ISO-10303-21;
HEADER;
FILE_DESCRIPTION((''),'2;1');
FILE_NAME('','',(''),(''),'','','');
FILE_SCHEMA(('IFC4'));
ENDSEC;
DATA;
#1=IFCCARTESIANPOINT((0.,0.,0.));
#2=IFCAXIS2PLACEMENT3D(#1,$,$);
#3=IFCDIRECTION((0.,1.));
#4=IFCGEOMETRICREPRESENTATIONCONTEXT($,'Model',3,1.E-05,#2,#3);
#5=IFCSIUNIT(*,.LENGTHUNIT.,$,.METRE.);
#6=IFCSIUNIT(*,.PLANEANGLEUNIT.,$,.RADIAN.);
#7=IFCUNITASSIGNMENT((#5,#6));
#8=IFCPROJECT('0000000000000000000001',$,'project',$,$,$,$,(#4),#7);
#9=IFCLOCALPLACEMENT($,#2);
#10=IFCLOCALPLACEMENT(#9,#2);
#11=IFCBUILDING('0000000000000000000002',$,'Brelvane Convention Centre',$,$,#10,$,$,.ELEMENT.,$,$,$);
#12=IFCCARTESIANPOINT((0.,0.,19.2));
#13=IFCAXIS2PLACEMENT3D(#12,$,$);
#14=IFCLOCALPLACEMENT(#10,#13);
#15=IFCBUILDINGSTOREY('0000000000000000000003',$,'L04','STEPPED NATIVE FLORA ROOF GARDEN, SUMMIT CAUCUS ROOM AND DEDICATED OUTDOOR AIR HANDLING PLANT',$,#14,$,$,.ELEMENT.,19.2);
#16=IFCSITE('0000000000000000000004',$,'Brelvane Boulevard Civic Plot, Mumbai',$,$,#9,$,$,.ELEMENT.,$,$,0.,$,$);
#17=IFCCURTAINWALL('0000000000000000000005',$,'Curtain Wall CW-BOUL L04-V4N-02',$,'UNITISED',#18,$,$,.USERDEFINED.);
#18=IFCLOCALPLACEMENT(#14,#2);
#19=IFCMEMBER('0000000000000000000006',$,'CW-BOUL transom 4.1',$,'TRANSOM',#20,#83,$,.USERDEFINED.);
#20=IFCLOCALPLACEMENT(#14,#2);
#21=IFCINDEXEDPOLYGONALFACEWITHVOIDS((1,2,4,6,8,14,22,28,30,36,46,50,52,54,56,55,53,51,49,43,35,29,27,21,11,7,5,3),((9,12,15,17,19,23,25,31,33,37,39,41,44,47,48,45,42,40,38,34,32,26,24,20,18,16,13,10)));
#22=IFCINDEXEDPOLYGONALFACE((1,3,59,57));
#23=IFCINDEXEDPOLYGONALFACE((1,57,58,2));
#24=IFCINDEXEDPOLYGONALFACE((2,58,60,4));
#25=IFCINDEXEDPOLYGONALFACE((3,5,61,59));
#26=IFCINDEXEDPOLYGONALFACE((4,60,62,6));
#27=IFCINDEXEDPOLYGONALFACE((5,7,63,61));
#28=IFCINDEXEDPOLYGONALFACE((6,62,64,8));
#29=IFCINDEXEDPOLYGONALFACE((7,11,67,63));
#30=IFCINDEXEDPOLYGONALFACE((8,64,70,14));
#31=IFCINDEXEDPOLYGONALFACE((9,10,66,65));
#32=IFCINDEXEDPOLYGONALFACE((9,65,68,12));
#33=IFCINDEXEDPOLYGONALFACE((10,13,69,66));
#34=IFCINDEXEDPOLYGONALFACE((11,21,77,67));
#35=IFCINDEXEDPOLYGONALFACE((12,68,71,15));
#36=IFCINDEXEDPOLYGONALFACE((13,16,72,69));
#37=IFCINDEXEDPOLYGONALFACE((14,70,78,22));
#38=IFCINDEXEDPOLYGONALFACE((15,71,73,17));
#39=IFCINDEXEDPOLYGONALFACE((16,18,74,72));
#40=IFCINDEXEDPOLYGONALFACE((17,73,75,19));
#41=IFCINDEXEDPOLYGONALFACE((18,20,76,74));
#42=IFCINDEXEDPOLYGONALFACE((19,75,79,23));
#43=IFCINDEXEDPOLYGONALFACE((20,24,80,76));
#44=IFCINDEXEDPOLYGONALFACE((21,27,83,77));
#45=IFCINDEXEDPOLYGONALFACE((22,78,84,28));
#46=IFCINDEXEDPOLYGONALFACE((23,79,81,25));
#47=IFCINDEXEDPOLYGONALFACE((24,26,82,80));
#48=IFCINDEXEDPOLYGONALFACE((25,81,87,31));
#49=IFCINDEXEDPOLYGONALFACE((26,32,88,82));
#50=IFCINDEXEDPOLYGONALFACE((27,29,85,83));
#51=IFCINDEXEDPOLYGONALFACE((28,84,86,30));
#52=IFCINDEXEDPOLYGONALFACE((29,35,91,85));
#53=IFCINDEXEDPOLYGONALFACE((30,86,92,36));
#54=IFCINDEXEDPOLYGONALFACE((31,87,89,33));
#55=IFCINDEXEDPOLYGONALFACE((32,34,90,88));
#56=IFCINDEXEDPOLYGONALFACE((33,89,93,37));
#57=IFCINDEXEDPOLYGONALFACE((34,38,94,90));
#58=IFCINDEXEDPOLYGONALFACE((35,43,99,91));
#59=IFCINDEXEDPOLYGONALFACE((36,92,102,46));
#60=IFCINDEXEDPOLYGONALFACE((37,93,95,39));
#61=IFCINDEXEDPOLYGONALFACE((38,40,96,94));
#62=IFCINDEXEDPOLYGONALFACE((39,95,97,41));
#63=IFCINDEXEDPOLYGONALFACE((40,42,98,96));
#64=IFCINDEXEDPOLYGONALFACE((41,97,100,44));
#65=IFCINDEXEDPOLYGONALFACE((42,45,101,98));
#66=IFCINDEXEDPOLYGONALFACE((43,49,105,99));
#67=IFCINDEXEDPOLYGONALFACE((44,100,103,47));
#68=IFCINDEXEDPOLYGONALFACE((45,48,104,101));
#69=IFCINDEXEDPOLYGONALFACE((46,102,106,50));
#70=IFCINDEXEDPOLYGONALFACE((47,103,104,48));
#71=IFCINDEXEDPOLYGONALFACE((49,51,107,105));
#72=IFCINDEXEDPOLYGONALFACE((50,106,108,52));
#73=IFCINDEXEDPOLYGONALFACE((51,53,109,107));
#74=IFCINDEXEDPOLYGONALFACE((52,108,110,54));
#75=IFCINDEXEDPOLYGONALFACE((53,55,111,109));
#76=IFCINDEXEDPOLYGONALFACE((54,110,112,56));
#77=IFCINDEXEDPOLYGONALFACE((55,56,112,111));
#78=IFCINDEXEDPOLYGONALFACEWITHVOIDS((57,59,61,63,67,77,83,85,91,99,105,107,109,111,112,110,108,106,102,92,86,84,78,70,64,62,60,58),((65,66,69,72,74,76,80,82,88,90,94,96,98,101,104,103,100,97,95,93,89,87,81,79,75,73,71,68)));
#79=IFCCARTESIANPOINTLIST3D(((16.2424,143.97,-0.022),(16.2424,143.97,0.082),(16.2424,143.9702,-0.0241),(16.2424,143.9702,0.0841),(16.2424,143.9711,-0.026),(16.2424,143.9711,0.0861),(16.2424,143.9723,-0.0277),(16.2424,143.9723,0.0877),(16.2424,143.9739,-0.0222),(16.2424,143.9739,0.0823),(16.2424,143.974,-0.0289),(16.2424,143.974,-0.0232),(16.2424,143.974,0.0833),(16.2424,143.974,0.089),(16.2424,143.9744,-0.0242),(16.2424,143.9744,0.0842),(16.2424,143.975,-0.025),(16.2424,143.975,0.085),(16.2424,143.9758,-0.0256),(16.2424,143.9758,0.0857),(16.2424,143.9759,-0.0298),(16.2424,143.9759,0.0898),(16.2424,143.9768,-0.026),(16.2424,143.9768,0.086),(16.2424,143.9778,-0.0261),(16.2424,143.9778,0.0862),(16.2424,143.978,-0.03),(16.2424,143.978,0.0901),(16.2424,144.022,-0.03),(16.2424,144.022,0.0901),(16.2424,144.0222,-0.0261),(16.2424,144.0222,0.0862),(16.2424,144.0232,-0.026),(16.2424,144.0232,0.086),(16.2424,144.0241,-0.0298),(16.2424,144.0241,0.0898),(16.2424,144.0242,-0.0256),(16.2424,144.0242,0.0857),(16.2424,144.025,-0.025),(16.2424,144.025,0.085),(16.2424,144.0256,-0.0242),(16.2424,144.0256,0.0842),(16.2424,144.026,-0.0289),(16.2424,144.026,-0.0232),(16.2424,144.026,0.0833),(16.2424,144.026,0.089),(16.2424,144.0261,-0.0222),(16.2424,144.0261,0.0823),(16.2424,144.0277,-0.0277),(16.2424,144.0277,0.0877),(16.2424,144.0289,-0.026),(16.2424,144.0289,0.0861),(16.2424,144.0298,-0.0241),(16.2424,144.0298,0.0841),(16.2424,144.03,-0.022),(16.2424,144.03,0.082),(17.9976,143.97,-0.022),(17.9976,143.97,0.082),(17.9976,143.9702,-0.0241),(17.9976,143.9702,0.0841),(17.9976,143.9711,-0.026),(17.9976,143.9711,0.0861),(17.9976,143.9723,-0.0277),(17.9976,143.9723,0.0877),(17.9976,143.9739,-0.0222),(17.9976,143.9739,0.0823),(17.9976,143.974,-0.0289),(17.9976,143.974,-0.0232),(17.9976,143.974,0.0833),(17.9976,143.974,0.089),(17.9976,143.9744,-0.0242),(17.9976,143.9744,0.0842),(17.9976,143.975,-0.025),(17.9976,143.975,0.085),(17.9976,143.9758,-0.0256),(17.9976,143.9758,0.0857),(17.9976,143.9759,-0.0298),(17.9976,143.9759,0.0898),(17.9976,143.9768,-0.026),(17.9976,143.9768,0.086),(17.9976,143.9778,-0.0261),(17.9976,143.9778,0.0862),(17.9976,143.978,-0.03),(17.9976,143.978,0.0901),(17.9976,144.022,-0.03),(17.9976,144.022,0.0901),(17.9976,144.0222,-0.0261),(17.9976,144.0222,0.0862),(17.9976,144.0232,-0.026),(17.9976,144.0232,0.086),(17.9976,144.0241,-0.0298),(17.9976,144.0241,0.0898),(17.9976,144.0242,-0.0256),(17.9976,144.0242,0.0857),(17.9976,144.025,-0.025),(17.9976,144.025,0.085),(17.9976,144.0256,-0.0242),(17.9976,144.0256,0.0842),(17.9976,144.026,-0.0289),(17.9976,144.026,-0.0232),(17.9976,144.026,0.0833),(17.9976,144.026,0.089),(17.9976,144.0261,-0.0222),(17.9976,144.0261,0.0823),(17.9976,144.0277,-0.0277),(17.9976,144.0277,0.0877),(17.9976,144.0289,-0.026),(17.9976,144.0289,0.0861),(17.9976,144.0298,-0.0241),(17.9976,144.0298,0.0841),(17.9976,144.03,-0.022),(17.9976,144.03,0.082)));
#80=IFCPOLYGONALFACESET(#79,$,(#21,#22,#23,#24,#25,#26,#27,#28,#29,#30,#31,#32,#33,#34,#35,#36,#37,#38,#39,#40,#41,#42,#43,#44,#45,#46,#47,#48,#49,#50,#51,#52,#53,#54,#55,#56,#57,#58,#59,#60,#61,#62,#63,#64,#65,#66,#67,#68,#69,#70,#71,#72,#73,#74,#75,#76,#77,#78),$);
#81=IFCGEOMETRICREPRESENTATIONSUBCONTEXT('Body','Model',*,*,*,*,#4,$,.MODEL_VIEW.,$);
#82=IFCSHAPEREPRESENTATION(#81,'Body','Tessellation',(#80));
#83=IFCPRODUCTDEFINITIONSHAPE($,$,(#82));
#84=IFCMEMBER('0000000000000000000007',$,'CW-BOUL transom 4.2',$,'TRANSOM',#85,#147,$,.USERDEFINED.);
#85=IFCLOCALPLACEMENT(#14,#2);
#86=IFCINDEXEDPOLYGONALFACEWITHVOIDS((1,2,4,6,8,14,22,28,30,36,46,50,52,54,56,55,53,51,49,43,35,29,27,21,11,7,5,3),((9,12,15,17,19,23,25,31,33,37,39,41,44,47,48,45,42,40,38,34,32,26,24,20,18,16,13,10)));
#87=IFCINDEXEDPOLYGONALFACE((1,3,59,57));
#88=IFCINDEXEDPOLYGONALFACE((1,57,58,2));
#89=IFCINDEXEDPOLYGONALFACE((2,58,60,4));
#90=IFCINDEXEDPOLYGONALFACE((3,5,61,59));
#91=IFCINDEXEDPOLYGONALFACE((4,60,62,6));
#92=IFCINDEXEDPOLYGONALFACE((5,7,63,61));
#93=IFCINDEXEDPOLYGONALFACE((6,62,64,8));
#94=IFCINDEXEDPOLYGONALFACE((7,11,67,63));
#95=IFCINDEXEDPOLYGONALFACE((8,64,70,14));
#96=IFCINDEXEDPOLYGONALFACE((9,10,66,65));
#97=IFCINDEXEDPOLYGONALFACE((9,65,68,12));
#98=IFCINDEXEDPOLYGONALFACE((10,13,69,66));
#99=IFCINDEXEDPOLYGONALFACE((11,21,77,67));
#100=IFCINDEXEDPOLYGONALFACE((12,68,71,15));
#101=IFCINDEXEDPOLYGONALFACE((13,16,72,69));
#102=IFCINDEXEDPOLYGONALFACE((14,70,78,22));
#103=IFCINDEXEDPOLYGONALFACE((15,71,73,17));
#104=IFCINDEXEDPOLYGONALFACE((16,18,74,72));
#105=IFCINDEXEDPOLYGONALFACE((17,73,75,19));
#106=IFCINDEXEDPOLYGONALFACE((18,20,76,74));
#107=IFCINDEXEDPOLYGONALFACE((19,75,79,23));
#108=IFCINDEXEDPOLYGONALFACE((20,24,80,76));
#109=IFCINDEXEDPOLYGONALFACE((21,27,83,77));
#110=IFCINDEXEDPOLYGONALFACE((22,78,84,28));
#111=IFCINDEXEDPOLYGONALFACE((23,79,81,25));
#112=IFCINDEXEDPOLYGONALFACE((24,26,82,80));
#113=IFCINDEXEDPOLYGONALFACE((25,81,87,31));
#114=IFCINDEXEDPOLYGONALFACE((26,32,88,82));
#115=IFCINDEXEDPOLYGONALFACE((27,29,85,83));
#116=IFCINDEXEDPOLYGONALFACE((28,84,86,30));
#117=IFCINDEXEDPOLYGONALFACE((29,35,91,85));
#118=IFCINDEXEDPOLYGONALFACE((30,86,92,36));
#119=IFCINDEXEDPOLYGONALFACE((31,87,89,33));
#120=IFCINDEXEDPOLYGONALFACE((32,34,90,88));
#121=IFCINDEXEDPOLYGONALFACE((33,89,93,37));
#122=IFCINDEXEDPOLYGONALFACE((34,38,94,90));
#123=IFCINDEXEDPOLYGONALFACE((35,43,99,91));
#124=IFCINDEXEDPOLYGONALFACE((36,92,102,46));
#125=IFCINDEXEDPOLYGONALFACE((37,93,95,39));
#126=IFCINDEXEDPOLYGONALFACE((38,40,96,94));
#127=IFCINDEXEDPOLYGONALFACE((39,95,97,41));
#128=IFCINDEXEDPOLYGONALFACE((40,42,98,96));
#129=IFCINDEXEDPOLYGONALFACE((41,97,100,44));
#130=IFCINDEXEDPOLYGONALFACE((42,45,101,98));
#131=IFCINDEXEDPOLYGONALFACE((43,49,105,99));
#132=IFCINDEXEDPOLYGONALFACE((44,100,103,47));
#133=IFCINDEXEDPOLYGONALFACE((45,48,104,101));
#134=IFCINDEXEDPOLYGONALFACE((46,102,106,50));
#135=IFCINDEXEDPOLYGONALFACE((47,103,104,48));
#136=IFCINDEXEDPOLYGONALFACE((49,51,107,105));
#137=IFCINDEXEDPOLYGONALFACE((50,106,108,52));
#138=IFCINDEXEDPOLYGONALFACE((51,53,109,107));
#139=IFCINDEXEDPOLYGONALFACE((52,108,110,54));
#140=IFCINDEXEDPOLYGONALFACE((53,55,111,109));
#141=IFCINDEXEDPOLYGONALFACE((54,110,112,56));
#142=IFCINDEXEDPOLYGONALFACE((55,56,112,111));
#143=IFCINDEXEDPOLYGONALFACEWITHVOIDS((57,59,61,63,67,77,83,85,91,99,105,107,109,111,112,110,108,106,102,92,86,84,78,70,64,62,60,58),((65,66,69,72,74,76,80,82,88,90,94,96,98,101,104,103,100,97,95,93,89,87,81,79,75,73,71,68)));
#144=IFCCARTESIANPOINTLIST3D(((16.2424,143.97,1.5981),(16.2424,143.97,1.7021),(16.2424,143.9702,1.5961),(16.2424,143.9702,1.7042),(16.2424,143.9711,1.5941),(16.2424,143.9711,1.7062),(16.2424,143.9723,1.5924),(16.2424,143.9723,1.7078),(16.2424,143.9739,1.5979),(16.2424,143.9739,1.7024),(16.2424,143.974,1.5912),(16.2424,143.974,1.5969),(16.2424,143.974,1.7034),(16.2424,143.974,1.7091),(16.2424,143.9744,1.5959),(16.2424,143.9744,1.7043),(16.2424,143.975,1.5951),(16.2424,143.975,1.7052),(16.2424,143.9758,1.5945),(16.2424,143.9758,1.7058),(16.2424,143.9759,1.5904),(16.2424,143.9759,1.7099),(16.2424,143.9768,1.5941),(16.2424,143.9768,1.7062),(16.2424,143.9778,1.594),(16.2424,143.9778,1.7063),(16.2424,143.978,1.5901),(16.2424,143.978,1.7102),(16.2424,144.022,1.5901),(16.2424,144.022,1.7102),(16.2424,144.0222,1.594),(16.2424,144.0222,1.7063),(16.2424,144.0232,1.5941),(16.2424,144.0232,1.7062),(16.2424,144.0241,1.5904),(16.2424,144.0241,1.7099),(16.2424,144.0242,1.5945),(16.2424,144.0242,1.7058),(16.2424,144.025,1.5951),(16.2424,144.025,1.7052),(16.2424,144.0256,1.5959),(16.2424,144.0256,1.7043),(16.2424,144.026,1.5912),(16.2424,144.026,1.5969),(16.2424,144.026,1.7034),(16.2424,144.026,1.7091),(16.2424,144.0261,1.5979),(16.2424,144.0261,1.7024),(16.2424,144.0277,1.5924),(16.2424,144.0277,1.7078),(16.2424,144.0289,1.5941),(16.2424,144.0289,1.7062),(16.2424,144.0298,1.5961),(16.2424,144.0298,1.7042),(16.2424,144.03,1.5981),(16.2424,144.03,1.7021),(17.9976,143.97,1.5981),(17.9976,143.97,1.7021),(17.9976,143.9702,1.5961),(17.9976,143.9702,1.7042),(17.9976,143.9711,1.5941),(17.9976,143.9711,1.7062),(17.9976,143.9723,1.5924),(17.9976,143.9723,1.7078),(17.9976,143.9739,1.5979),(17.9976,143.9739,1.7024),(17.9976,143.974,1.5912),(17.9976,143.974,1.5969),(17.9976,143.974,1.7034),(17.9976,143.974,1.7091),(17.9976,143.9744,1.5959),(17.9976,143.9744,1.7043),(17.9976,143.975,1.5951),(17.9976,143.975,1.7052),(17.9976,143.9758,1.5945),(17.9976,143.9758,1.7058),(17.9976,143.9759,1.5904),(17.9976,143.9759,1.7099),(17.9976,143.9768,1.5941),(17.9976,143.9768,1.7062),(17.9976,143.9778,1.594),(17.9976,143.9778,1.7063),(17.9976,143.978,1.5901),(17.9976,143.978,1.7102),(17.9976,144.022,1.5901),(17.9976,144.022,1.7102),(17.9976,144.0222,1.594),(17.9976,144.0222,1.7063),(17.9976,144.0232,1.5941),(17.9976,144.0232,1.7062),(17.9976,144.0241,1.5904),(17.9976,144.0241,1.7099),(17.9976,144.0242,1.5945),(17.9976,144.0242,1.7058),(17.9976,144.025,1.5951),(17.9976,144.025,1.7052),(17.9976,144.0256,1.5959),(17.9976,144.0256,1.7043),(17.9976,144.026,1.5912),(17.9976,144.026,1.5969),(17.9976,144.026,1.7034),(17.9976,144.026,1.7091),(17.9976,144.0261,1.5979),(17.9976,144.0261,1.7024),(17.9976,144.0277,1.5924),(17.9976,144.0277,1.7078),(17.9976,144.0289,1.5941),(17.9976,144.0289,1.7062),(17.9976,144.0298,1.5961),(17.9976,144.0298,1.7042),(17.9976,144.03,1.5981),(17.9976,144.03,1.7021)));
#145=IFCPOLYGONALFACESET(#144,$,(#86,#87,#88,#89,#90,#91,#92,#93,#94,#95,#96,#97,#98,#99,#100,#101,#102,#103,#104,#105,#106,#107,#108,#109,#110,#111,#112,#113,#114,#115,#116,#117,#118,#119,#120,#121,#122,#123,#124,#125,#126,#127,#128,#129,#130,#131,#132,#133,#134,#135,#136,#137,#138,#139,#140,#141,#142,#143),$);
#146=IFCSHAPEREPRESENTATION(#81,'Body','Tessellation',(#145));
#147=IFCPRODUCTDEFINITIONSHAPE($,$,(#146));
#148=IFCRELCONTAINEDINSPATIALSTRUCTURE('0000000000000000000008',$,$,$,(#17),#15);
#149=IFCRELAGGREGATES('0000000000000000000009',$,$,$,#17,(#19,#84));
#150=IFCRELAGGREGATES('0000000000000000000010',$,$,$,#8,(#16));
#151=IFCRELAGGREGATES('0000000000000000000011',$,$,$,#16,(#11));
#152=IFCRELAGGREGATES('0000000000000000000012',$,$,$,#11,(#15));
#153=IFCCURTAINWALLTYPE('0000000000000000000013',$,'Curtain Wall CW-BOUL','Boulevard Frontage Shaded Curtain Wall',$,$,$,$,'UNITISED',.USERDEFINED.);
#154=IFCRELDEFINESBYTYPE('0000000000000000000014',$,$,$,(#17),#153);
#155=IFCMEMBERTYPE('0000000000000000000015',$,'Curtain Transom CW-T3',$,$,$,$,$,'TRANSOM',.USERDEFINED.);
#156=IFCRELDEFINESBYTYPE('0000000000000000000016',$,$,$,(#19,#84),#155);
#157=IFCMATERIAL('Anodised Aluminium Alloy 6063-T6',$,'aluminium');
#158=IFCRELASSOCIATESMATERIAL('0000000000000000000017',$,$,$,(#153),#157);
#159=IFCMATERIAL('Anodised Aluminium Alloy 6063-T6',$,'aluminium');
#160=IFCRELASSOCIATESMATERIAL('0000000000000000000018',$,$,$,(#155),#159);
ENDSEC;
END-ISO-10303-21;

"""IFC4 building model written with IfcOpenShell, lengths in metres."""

from ifc_helpers import new_model, si_unit, direction, frame, origin, origin_2d, place, context, subcontext, project, spatial, hollow_rectangle, extrude, material, material_profile, profile_set, type_object, element, aggregate, save


model = new_model("IFC4")

# Units and contexts
model_context = context("Model", 3, precision=1e-05, world=origin(), true_north=direction((0.0, 1.0)))
body_context = subcontext(model_context, "Body", "Model", "MODEL_VIEW")
ifc_project = project(units=[si_unit("LENGTHUNIT", "METRE"), si_unit("PLANEANGLEUNIT", "RADIAN")], contexts=[model_context])

# Site, building, storey
site_placement = place(None, origin())
site = spatial("IfcSite", under=ifc_project, at=site_placement, Name="Brelvane Boulevard Civic Plot, Mumbai", CompositionType="ELEMENT", RefElevation=0.0)
building_placement = place(site_placement, origin())
building = spatial("IfcBuilding", under=site, at=building_placement, Name="Brelvane Convention Centre", CompositionType="ELEMENT")
storey_placement = place(building_placement, frame((0.0, 0.0, 19.2)))
storey = spatial("IfcBuildingStorey", under=building, at=storey_placement, Name="L04", Description="STEPPED NATIVE FLORA ROOF GARDEN, SUMMIT CAUCUS ROOM AND DEDICATED OUTDOOR AIR HANDLING PLANT", CompositionType="ELEMENT", Elevation=19.2)

# Curtain wall, members
ifc_material_1 = material(Name="Anodised Aluminium Alloy 6063-T6", Category="aluminium")
curtain_wall_type = type_object("IfcCurtainWallType", Name="Curtain Wall CW-BOUL", Description="Boulevard Frontage Shaded Curtain Wall", ElementType="UNITISED", PredefinedType="USERDEFINED", material=ifc_material_1)
curtain_wall_placement = place(storey_placement, origin())
curtain_wall = element("IfcCurtainWall", 1, at=curtain_wall_placement, inside=storey, type_object=curtain_wall_type, Name="Curtain Wall CW-BOUL L04-V4N-02", ObjectType="UNITISED", PredefinedType="USERDEFINED")
ifc_material_2 = material(Name="Anodised Aluminium Alloy 6063-T6", Category="aluminium")
ifc_material_profile_1 = material_profile(ifc_material_2, hollow_rectangle(XDim=0.0601, YDim=0.1201, WallThickness=0.0039, InnerFilletRadius=0.0039, OuterFilletRadius=0.0081, at=origin_2d()), Name="ALU-T 120x60x4.0")
ifc_profile_set_1 = profile_set([ifc_material_profile_1], Name="Anodised Aluminium Alloy 6063-T6")
member_type_1 = type_object("IfcMemberType", Name="Curtain Transom CW-T3", ElementType="TRANSOM", PredefinedType="USERDEFINED", material=ifc_profile_set_1)
member_1_placement = place(storey_placement, frame((16.2424, 144.0, 0.03), z_axis=(1.0, 0.0, 0.0), x_axis=(0.0, 1.0, 0.0)))
member_1 = element("IfcMember", 2, at=member_1_placement, type_object=member_type_1, Name="CW-BOUL transom 4.1", ObjectType="TRANSOM", PredefinedType="USERDEFINED", context=body_context, shape_type="SweptSolid", body=[
    extrude(hollow_rectangle(XDim=0.0601, YDim=0.1201, WallThickness=0.0039, InnerFilletRadius=0.0039, OuterFilletRadius=0.0081, at=origin_2d()), origin(), (0.0, 0.0, 1.0), 1.7551),
])
member_2_placement = place(storey_placement, frame((16.2424, 144.0, 1.6501), z_axis=(1.0, 0.0, 0.0), x_axis=(0.0, 1.0, 0.0)))
member_2 = element("IfcMember", 3, at=member_2_placement, type_object=member_type_1, Name="CW-BOUL transom 4.2", ObjectType="TRANSOM", PredefinedType="USERDEFINED", context=body_context, shape_type="SweptSolid", body=[
    extrude(hollow_rectangle(XDim=0.0601, YDim=0.1201, WallThickness=0.0039, InnerFilletRadius=0.0039, OuterFilletRadius=0.0081, at=origin_2d()), origin(), (0.0, 0.0, 1.0), 1.7551),
])

aggregate(curtain_wall, [member_1, member_2])

save(model, "model.ifc")
